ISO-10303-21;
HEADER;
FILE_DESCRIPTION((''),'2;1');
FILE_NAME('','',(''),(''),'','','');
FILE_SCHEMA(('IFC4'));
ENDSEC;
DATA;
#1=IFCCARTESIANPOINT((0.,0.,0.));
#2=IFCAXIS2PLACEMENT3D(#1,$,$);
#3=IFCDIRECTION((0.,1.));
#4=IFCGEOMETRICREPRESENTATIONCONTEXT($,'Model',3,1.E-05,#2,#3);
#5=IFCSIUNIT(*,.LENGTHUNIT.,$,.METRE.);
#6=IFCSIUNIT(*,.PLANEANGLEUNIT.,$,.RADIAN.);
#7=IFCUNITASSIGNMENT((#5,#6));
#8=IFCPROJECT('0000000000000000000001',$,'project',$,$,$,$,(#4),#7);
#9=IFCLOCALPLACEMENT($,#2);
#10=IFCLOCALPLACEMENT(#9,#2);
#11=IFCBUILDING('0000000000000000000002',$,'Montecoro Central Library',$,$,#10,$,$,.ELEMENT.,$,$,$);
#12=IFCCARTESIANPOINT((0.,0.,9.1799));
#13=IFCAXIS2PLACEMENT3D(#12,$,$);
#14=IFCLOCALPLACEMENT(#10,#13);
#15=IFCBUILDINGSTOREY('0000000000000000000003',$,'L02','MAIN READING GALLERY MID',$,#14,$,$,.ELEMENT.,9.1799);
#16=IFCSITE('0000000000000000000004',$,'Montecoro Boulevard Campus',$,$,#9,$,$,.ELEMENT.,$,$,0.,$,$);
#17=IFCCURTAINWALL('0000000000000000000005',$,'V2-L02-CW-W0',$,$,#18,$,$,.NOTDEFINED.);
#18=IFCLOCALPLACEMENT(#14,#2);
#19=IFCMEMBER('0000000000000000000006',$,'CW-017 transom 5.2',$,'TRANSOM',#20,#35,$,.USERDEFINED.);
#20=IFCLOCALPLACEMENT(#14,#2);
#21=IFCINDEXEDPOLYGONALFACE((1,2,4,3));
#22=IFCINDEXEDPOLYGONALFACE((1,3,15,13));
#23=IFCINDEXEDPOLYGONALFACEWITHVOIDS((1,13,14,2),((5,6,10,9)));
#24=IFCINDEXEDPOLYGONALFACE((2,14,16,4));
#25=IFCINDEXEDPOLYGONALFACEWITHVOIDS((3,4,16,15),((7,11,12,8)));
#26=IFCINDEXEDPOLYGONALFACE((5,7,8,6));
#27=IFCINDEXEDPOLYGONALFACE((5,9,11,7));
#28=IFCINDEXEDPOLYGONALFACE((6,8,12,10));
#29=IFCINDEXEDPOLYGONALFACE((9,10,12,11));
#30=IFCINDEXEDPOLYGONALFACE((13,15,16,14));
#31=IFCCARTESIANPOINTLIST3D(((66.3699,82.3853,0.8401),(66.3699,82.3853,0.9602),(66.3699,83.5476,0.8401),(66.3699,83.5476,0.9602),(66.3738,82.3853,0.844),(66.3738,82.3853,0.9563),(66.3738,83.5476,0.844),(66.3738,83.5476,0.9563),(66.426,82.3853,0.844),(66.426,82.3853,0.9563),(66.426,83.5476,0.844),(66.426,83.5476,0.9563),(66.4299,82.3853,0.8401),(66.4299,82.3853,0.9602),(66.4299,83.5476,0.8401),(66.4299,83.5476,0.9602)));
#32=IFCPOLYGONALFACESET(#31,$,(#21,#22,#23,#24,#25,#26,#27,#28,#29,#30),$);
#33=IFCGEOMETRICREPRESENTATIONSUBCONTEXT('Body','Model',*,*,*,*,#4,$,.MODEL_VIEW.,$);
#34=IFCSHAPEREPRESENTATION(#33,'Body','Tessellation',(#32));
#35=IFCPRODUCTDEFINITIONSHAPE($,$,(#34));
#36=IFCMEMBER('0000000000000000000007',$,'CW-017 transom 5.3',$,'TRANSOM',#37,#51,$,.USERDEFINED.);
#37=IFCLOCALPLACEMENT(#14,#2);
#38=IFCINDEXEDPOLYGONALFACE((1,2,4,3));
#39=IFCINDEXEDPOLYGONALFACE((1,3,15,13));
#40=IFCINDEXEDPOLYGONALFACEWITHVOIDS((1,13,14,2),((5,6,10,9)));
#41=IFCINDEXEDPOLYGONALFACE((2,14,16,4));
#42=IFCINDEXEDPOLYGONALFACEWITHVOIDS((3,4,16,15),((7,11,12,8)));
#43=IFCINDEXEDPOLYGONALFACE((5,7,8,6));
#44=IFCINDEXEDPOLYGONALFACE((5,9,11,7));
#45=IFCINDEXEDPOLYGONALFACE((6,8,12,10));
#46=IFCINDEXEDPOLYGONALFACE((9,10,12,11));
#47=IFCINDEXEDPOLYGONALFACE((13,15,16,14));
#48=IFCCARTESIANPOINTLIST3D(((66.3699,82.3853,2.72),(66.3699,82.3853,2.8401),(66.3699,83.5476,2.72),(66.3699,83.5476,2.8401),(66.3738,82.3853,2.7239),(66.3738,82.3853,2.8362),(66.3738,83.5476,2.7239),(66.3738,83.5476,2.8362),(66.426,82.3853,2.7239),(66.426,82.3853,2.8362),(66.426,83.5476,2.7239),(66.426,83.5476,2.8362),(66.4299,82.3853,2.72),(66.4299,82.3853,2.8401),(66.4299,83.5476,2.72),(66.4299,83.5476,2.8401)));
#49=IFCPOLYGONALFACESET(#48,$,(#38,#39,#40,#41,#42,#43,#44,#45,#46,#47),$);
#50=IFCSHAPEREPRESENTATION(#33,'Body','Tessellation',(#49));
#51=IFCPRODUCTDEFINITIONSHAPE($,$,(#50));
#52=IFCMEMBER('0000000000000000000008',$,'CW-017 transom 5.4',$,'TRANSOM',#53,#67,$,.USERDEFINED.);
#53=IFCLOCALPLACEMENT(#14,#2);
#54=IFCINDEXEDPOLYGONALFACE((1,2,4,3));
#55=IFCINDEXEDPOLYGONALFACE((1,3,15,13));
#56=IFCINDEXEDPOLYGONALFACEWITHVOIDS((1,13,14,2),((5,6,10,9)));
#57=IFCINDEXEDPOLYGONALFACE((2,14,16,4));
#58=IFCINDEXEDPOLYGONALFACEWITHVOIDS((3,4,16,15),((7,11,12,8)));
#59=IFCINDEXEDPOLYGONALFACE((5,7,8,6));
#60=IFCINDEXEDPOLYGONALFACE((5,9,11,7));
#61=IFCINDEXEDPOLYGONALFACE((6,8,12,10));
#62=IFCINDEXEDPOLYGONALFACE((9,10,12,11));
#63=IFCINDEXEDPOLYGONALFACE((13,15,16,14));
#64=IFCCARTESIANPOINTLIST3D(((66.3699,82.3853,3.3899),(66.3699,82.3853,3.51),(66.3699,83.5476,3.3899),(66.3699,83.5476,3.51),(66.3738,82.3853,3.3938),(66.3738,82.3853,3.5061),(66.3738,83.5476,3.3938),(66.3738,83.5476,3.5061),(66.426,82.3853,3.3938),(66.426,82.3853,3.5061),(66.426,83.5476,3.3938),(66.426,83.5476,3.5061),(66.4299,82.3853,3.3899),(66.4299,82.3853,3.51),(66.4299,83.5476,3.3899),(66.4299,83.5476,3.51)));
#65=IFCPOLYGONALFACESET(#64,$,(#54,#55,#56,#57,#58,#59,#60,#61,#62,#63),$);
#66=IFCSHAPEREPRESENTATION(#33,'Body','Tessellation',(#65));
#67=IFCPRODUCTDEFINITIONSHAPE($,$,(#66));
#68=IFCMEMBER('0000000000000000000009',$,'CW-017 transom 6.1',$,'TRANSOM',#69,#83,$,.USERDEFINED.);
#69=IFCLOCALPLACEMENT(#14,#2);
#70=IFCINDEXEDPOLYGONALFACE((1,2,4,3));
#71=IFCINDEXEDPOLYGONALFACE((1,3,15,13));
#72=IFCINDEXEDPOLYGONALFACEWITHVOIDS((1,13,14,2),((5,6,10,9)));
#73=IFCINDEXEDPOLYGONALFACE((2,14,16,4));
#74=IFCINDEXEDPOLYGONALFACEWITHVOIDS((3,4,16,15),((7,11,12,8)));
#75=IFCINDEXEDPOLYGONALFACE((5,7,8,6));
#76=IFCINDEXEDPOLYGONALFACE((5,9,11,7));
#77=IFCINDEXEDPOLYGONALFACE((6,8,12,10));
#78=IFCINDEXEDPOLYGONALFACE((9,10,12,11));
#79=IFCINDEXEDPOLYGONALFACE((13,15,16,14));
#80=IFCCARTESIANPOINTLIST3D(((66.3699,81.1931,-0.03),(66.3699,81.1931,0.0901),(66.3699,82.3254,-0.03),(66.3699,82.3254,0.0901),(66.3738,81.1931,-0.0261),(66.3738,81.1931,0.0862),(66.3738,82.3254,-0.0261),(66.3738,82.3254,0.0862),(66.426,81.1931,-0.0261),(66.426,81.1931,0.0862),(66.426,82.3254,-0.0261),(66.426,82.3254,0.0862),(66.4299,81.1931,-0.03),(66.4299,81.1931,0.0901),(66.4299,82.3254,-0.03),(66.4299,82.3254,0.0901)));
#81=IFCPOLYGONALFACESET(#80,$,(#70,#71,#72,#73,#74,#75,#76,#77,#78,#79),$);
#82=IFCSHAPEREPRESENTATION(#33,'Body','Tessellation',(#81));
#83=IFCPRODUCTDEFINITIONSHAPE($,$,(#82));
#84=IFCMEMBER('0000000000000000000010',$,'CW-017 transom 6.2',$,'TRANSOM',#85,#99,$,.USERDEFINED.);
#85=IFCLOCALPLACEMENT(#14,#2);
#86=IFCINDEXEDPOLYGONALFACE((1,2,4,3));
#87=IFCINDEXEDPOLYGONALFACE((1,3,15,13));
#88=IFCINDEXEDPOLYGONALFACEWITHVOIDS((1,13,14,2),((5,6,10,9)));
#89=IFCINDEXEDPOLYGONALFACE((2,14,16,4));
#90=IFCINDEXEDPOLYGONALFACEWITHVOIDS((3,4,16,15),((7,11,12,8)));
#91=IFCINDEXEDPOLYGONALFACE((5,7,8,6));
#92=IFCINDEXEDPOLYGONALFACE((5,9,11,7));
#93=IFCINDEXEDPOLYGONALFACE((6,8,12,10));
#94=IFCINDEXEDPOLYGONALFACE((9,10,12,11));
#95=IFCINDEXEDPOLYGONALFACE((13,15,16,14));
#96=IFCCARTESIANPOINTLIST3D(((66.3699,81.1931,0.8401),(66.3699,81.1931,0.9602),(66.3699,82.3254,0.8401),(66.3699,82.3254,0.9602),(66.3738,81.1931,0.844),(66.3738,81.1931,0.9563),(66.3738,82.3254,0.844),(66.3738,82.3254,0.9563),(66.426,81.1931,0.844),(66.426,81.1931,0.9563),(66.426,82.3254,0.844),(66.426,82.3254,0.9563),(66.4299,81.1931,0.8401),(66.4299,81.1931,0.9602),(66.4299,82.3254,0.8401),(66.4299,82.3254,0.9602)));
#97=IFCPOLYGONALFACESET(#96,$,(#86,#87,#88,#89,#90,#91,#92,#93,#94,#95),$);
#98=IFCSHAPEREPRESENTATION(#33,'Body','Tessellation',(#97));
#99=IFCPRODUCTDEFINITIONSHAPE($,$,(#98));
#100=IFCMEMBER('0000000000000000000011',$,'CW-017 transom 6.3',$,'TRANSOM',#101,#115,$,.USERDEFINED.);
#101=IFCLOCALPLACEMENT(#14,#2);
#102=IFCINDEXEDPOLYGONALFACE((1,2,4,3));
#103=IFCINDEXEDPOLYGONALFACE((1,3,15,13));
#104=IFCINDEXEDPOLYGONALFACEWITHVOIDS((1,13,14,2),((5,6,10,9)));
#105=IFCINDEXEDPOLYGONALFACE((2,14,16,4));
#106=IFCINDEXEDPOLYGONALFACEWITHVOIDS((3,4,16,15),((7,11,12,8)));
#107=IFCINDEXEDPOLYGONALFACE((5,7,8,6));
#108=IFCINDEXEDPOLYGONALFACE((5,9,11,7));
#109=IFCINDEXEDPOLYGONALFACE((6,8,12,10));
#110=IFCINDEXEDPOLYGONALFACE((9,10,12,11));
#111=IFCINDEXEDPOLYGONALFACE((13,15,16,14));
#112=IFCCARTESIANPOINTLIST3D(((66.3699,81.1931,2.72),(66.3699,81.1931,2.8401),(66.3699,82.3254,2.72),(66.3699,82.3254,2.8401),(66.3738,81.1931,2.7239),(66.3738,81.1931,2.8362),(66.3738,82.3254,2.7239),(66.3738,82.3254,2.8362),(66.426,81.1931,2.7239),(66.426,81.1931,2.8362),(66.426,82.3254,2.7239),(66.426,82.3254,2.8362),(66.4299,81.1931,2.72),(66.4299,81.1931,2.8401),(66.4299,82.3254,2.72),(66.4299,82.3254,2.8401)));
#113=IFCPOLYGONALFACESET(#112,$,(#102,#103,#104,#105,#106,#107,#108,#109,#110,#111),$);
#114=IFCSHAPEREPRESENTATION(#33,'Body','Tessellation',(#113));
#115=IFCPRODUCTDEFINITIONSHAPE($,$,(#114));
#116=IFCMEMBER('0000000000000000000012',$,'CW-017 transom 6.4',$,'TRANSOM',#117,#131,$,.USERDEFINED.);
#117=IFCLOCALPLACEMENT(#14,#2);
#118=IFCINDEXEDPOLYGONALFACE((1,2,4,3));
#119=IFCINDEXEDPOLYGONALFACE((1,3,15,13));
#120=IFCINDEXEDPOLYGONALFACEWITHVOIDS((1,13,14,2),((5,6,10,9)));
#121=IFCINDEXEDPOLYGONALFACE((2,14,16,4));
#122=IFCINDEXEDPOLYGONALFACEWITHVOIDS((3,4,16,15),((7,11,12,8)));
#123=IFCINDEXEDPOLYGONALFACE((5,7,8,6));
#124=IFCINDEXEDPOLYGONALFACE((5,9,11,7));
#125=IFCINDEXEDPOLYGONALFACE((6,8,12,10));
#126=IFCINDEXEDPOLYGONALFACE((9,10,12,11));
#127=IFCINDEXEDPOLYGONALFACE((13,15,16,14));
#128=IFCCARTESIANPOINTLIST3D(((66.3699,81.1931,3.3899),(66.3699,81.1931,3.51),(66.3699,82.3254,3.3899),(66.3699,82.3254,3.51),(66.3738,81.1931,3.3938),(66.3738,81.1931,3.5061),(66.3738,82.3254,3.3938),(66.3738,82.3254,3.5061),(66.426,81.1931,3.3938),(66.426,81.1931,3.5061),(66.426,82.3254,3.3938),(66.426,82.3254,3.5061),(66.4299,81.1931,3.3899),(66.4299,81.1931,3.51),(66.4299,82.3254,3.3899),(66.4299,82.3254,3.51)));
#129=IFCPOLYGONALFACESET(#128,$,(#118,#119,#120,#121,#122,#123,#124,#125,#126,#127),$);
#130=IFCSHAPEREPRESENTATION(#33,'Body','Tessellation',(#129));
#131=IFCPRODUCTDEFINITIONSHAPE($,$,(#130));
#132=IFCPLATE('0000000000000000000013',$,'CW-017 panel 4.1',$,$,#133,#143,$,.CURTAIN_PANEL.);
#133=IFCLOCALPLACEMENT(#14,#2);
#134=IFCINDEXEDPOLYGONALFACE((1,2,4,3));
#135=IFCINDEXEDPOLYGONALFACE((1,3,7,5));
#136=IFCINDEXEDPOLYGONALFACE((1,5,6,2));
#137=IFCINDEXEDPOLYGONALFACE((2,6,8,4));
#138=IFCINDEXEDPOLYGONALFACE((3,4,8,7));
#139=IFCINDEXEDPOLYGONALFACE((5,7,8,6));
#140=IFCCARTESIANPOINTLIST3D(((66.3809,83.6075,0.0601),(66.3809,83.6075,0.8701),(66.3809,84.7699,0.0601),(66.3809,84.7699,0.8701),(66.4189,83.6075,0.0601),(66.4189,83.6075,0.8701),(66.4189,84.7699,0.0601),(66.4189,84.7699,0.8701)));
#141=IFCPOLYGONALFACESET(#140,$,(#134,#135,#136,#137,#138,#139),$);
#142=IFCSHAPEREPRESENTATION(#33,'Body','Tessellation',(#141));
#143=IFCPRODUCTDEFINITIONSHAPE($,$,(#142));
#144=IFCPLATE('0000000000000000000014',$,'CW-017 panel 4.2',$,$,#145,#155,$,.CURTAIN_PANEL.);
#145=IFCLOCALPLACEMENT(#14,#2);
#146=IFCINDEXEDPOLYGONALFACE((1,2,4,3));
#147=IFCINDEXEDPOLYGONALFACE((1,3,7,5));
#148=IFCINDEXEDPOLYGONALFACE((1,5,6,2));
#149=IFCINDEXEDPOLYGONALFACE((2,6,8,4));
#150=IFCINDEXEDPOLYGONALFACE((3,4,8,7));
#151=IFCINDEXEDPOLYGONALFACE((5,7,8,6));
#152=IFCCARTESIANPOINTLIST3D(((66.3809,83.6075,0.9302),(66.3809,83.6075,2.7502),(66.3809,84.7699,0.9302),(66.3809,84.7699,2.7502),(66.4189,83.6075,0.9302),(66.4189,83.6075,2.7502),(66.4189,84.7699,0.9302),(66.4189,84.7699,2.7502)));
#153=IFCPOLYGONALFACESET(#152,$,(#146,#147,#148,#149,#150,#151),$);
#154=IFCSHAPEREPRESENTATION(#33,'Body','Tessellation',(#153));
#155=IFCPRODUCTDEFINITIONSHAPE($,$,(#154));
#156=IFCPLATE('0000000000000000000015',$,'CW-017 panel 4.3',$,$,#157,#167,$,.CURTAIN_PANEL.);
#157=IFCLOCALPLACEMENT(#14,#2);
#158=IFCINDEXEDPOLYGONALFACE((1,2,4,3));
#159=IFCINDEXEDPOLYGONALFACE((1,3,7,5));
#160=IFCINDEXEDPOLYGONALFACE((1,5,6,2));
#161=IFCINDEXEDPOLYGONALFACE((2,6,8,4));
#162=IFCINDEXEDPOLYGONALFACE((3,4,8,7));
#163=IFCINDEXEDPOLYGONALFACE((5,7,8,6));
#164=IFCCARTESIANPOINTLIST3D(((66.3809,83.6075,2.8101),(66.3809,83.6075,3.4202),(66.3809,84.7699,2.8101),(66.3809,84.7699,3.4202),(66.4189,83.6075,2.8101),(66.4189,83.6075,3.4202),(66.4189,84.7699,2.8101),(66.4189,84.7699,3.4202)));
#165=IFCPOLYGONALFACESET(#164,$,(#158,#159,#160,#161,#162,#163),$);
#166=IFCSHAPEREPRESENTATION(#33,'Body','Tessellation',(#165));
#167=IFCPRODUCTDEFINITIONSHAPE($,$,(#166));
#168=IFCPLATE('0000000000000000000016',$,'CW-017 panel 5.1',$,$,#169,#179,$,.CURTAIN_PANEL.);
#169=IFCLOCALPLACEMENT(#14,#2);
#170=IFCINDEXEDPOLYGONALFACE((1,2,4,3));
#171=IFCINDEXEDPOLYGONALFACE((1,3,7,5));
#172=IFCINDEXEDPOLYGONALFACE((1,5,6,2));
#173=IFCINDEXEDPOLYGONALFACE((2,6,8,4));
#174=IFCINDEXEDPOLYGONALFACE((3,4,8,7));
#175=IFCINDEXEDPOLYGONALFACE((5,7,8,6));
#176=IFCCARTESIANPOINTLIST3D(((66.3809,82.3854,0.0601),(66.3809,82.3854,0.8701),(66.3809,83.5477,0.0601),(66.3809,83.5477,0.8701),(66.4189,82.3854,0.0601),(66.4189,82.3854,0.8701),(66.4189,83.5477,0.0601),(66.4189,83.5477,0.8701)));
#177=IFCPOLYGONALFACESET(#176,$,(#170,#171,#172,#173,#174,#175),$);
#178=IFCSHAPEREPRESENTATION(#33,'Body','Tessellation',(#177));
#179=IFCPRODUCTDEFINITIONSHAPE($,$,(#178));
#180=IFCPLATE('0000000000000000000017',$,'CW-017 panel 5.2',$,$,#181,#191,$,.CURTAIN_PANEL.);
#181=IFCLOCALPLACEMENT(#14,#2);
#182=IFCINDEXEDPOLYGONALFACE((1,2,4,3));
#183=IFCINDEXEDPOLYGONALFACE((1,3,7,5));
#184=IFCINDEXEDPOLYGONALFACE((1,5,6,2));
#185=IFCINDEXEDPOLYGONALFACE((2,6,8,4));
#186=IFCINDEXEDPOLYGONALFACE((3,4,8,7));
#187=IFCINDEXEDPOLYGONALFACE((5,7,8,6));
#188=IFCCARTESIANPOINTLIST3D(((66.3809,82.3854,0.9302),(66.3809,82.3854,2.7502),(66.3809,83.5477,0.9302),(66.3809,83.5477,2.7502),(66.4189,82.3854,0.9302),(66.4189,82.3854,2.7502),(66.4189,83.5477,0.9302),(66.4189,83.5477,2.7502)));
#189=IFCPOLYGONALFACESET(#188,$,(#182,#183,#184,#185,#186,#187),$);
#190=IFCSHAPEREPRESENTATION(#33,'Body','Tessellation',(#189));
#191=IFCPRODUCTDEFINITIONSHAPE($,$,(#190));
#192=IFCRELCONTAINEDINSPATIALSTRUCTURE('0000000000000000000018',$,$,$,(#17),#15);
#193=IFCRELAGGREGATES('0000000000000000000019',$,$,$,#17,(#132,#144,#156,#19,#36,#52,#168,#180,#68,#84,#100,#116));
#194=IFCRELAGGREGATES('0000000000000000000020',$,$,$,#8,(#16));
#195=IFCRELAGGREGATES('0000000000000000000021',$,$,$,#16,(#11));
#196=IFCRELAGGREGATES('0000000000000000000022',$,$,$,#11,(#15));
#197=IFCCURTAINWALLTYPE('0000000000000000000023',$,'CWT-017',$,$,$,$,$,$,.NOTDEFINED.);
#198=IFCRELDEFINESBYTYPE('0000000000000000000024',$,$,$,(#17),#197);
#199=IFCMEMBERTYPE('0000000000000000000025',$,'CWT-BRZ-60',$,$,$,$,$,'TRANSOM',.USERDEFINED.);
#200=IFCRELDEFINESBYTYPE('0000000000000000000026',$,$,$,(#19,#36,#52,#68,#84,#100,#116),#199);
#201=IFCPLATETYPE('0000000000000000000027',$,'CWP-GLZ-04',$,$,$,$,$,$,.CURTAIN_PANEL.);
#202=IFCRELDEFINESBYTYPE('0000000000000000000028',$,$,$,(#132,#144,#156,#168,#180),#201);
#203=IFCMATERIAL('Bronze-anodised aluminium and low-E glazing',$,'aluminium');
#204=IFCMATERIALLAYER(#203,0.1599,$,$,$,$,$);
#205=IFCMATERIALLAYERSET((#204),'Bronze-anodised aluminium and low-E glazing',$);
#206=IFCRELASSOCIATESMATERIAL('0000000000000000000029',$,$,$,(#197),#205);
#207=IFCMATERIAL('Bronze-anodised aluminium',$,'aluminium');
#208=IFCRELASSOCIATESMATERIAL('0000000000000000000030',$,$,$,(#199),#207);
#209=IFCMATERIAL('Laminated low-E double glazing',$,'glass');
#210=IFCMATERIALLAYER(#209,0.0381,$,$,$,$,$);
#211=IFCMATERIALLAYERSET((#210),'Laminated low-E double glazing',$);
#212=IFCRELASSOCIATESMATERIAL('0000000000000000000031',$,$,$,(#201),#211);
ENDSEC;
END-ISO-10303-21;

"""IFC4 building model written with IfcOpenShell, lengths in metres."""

from ifc_helpers import new_model, si_unit, direction, frame, origin, origin_2d, place, context, subcontext, project, spatial, rectangle, hollow_rectangle, extrude, material, layer, layer_set, material_profile, profile_set, type_object, element, aggregate, save


model = new_model("IFC4")

# Units and contexts
model_context = context("Model", 3, precision=1e-05, world=origin(), true_north=direction((0.0, 1.0)))
body_context = subcontext(model_context, "Body", "Model", "MODEL_VIEW")
ifc_project = project(units=[si_unit("LENGTHUNIT", "METRE"), si_unit("PLANEANGLEUNIT", "RADIAN")], contexts=[model_context])

# Site, building, storey
site_placement = place(None, origin())
site = spatial("IfcSite", under=ifc_project, at=site_placement, Name="Montecoro Boulevard Campus", CompositionType="ELEMENT", RefElevation=0.0)
building_placement = place(site_placement, origin())
building = spatial("IfcBuilding", under=site, at=building_placement, Name="Montecoro Central Library", CompositionType="ELEMENT")
storey_placement = place(building_placement, frame((0.0, 0.0, 9.1799)))
storey = spatial("IfcBuildingStorey", under=building, at=storey_placement, Name="L02", Description="MAIN READING GALLERY MID", CompositionType="ELEMENT", Elevation=9.1799)

# Curtain wall, members, plates
ifc_material_1 = material(Name="Bronze-anodised aluminium and low-E glazing", Category="aluminium")
ifc_layer_1 = layer(ifc_material_1, 0.1599)
ifc_layer_set_1 = layer_set([ifc_layer_1], Name="Bronze-anodised aluminium and low-E glazing")
curtain_wall_type = type_object("IfcCurtainWallType", Name="CWT-017", PredefinedType="NOTDEFINED", material=ifc_layer_set_1)
curtain_wall_placement = place(storey_placement, origin())
curtain_wall = element("IfcCurtainWall", 1, at=curtain_wall_placement, inside=storey, type_object=curtain_wall_type, Name="V2-L02-CW-W0", PredefinedType="NOTDEFINED")
ifc_material_2 = material(Name="Bronze-anodised aluminium", Category="aluminium")
ifc_material_profile_1 = material_profile(ifc_material_2, hollow_rectangle(XDim=0.0601, YDim=0.1201, WallThickness=0.0039, at=origin_2d()), Name="CWT 120x60x4.0")
ifc_profile_set_1 = profile_set([ifc_material_profile_1], Name="Bronze-anodised aluminium")
member_type_1 = type_object("IfcMemberType", Name="CWT-BRZ-60", ElementType="TRANSOM", PredefinedType="USERDEFINED", material=ifc_profile_set_1)
member_1_placement = place(storey_placement, frame((66.3999, 83.5476, 0.9001), z_axis=(0.0, -1.0, 0.0), x_axis=(1.0, 0.0, 0.0)))
member_1 = element("IfcMember", 2, at=member_1_placement, type_object=member_type_1, Name="CW-017 transom 5.2", ObjectType="TRANSOM", PredefinedType="USERDEFINED", context=body_context, shape_type="SweptSolid", body=[
    extrude(hollow_rectangle(XDim=0.0601, YDim=0.1201, WallThickness=0.0039, at=origin_2d()), origin(), (0.0, 0.0, 1.0), 1.1624),
])
member_2_placement = place(storey_placement, frame((66.3999, 83.5476, 2.78), z_axis=(0.0, -1.0, 0.0), x_axis=(1.0, 0.0, 0.0)))
member_2 = element("IfcMember", 3, at=member_2_placement, type_object=member_type_1, Name="CW-017 transom 5.3", ObjectType="TRANSOM", PredefinedType="USERDEFINED", context=body_context, shape_type="SweptSolid", body=[
    extrude(hollow_rectangle(XDim=0.0601, YDim=0.1201, WallThickness=0.0039, at=origin_2d()), origin(), (0.0, 0.0, 1.0), 1.1624),
])
member_3_placement = place(storey_placement, frame((66.3999, 83.5476, 3.45), z_axis=(0.0, -1.0, 0.0), x_axis=(1.0, 0.0, 0.0)))
member_3 = element("IfcMember", 4, at=member_3_placement, type_object=member_type_1, Name="CW-017 transom 5.4", ObjectType="TRANSOM", PredefinedType="USERDEFINED", context=body_context, shape_type="SweptSolid", body=[
    extrude(hollow_rectangle(XDim=0.0601, YDim=0.1201, WallThickness=0.0039, at=origin_2d()), origin(), (0.0, 0.0, 1.0), 1.1624),
])
member_4_placement = place(storey_placement, frame((66.3999, 82.3254, 0.03), z_axis=(0.0, -1.0, 0.0), x_axis=(1.0, 0.0, 0.0)))
member_4 = element("IfcMember", 5, at=member_4_placement, type_object=member_type_1, Name="CW-017 transom 6.1", ObjectType="TRANSOM", PredefinedType="USERDEFINED", context=body_context, shape_type="SweptSolid", body=[
    extrude(hollow_rectangle(XDim=0.0601, YDim=0.1201, WallThickness=0.0039, at=origin_2d()), origin(), (0.0, 0.0, 1.0), 1.1323),
])
member_5_placement = place(storey_placement, frame((66.3999, 82.3254, 0.9001), z_axis=(0.0, -1.0, 0.0), x_axis=(1.0, 0.0, 0.0)))
member_5 = element("IfcMember", 6, at=member_5_placement, type_object=member_type_1, Name="CW-017 transom 6.2", ObjectType="TRANSOM", PredefinedType="USERDEFINED", context=body_context, shape_type="SweptSolid", body=[
    extrude(hollow_rectangle(XDim=0.0601, YDim=0.1201, WallThickness=0.0039, at=origin_2d()), origin(), (0.0, 0.0, 1.0), 1.1323),
])
member_6_placement = place(storey_placement, frame((66.3999, 82.3254, 2.78), z_axis=(0.0, -1.0, 0.0), x_axis=(1.0, 0.0, 0.0)))
member_6 = element("IfcMember", 7, at=member_6_placement, type_object=member_type_1, Name="CW-017 transom 6.3", ObjectType="TRANSOM", PredefinedType="USERDEFINED", context=body_context, shape_type="SweptSolid", body=[
    extrude(hollow_rectangle(XDim=0.0601, YDim=0.1201, WallThickness=0.0039, at=origin_2d()), origin(), (0.0, 0.0, 1.0), 1.1323),
])
member_7_placement = place(storey_placement, frame((66.3999, 82.3254, 3.45), z_axis=(0.0, -1.0, 0.0), x_axis=(1.0, 0.0, 0.0)))
member_7 = element("IfcMember", 8, at=member_7_placement, type_object=member_type_1, Name="CW-017 transom 6.4", ObjectType="TRANSOM", PredefinedType="USERDEFINED", context=body_context, shape_type="SweptSolid", body=[
    extrude(hollow_rectangle(XDim=0.0601, YDim=0.1201, WallThickness=0.0039, at=origin_2d()), origin(), (0.0, 0.0, 1.0), 1.1323),
])
ifc_material_3 = material(Name="Laminated low-E double glazing", Category="glass")
ifc_layer_2 = layer(ifc_material_3, 0.0381)
ifc_layer_set_2 = layer_set([ifc_layer_2], Name="Laminated low-E double glazing")
plate_type_1 = type_object("IfcPlateType", Name="CWP-GLZ-04", PredefinedType="CURTAIN_PANEL", material=ifc_layer_set_2)
plate_1_placement = place(storey_placement, frame((66.3999, 84.1887, 0.0601), z_axis=(0.0, 0.0, 1.0), x_axis=(0.0, -1.0, 0.0)))
plate_1 = element("IfcPlate", 9, at=plate_1_placement, type_object=plate_type_1, Name="CW-017 panel 4.1", PredefinedType="CURTAIN_PANEL", context=body_context, shape_type="SweptSolid", body=[
    extrude(rectangle(XDim=1.1624, YDim=0.0381, at=origin_2d()), origin(), (0.0, 0.0, 1.0), 0.8101),
])
plate_2_placement = place(storey_placement, frame((66.3999, 84.1887, 0.9302), z_axis=(0.0, 0.0, 1.0), x_axis=(0.0, -1.0, 0.0)))
plate_2 = element("IfcPlate", 10, at=plate_2_placement, type_object=plate_type_1, Name="CW-017 panel 4.2", PredefinedType="CURTAIN_PANEL", context=body_context, shape_type="SweptSolid", body=[
    extrude(rectangle(XDim=1.1624, YDim=0.0381, at=origin_2d()), origin(), (0.0, 0.0, 1.0), 1.8201),
])
plate_3_placement = place(storey_placement, frame((66.3999, 84.1887, 2.8101), z_axis=(0.0, 0.0, 1.0), x_axis=(0.0, -1.0, 0.0)))
plate_3 = element("IfcPlate", 11, at=plate_3_placement, type_object=plate_type_1, Name="CW-017 panel 4.3", PredefinedType="CURTAIN_PANEL", context=body_context, shape_type="SweptSolid", body=[
    extrude(rectangle(XDim=1.1624, YDim=0.0381, at=origin_2d()), origin(), (0.0, 0.0, 1.0), 0.6101),
])
plate_4_placement = place(storey_placement, frame((66.3999, 82.9666, 0.0601), z_axis=(0.0, 0.0, 1.0), x_axis=(0.0, -1.0, 0.0)))
plate_4 = element("IfcPlate", 12, at=plate_4_placement, type_object=plate_type_1, Name="CW-017 panel 5.1", PredefinedType="CURTAIN_PANEL", context=body_context, shape_type="SweptSolid", body=[
    extrude(rectangle(XDim=1.1624, YDim=0.0381, at=origin_2d()), origin(), (0.0, 0.0, 1.0), 0.8101),
])
plate_5_placement = place(storey_placement, frame((66.3999, 82.9666, 0.9302), z_axis=(0.0, 0.0, 1.0), x_axis=(0.0, -1.0, 0.0)))
plate_5 = element("IfcPlate", 13, at=plate_5_placement, type_object=plate_type_1, Name="CW-017 panel 5.2", PredefinedType="CURTAIN_PANEL", context=body_context, shape_type="SweptSolid", body=[
    extrude(rectangle(XDim=1.1624, YDim=0.0381, at=origin_2d()), origin(), (0.0, 0.0, 1.0), 1.8201),
])
aggregate(curtain_wall, [plate_1, plate_2, plate_3, member_1, member_2, member_3, plate_4, plate_5, member_4, member_5, member_6, member_7])

save(model, "model.ifc")
